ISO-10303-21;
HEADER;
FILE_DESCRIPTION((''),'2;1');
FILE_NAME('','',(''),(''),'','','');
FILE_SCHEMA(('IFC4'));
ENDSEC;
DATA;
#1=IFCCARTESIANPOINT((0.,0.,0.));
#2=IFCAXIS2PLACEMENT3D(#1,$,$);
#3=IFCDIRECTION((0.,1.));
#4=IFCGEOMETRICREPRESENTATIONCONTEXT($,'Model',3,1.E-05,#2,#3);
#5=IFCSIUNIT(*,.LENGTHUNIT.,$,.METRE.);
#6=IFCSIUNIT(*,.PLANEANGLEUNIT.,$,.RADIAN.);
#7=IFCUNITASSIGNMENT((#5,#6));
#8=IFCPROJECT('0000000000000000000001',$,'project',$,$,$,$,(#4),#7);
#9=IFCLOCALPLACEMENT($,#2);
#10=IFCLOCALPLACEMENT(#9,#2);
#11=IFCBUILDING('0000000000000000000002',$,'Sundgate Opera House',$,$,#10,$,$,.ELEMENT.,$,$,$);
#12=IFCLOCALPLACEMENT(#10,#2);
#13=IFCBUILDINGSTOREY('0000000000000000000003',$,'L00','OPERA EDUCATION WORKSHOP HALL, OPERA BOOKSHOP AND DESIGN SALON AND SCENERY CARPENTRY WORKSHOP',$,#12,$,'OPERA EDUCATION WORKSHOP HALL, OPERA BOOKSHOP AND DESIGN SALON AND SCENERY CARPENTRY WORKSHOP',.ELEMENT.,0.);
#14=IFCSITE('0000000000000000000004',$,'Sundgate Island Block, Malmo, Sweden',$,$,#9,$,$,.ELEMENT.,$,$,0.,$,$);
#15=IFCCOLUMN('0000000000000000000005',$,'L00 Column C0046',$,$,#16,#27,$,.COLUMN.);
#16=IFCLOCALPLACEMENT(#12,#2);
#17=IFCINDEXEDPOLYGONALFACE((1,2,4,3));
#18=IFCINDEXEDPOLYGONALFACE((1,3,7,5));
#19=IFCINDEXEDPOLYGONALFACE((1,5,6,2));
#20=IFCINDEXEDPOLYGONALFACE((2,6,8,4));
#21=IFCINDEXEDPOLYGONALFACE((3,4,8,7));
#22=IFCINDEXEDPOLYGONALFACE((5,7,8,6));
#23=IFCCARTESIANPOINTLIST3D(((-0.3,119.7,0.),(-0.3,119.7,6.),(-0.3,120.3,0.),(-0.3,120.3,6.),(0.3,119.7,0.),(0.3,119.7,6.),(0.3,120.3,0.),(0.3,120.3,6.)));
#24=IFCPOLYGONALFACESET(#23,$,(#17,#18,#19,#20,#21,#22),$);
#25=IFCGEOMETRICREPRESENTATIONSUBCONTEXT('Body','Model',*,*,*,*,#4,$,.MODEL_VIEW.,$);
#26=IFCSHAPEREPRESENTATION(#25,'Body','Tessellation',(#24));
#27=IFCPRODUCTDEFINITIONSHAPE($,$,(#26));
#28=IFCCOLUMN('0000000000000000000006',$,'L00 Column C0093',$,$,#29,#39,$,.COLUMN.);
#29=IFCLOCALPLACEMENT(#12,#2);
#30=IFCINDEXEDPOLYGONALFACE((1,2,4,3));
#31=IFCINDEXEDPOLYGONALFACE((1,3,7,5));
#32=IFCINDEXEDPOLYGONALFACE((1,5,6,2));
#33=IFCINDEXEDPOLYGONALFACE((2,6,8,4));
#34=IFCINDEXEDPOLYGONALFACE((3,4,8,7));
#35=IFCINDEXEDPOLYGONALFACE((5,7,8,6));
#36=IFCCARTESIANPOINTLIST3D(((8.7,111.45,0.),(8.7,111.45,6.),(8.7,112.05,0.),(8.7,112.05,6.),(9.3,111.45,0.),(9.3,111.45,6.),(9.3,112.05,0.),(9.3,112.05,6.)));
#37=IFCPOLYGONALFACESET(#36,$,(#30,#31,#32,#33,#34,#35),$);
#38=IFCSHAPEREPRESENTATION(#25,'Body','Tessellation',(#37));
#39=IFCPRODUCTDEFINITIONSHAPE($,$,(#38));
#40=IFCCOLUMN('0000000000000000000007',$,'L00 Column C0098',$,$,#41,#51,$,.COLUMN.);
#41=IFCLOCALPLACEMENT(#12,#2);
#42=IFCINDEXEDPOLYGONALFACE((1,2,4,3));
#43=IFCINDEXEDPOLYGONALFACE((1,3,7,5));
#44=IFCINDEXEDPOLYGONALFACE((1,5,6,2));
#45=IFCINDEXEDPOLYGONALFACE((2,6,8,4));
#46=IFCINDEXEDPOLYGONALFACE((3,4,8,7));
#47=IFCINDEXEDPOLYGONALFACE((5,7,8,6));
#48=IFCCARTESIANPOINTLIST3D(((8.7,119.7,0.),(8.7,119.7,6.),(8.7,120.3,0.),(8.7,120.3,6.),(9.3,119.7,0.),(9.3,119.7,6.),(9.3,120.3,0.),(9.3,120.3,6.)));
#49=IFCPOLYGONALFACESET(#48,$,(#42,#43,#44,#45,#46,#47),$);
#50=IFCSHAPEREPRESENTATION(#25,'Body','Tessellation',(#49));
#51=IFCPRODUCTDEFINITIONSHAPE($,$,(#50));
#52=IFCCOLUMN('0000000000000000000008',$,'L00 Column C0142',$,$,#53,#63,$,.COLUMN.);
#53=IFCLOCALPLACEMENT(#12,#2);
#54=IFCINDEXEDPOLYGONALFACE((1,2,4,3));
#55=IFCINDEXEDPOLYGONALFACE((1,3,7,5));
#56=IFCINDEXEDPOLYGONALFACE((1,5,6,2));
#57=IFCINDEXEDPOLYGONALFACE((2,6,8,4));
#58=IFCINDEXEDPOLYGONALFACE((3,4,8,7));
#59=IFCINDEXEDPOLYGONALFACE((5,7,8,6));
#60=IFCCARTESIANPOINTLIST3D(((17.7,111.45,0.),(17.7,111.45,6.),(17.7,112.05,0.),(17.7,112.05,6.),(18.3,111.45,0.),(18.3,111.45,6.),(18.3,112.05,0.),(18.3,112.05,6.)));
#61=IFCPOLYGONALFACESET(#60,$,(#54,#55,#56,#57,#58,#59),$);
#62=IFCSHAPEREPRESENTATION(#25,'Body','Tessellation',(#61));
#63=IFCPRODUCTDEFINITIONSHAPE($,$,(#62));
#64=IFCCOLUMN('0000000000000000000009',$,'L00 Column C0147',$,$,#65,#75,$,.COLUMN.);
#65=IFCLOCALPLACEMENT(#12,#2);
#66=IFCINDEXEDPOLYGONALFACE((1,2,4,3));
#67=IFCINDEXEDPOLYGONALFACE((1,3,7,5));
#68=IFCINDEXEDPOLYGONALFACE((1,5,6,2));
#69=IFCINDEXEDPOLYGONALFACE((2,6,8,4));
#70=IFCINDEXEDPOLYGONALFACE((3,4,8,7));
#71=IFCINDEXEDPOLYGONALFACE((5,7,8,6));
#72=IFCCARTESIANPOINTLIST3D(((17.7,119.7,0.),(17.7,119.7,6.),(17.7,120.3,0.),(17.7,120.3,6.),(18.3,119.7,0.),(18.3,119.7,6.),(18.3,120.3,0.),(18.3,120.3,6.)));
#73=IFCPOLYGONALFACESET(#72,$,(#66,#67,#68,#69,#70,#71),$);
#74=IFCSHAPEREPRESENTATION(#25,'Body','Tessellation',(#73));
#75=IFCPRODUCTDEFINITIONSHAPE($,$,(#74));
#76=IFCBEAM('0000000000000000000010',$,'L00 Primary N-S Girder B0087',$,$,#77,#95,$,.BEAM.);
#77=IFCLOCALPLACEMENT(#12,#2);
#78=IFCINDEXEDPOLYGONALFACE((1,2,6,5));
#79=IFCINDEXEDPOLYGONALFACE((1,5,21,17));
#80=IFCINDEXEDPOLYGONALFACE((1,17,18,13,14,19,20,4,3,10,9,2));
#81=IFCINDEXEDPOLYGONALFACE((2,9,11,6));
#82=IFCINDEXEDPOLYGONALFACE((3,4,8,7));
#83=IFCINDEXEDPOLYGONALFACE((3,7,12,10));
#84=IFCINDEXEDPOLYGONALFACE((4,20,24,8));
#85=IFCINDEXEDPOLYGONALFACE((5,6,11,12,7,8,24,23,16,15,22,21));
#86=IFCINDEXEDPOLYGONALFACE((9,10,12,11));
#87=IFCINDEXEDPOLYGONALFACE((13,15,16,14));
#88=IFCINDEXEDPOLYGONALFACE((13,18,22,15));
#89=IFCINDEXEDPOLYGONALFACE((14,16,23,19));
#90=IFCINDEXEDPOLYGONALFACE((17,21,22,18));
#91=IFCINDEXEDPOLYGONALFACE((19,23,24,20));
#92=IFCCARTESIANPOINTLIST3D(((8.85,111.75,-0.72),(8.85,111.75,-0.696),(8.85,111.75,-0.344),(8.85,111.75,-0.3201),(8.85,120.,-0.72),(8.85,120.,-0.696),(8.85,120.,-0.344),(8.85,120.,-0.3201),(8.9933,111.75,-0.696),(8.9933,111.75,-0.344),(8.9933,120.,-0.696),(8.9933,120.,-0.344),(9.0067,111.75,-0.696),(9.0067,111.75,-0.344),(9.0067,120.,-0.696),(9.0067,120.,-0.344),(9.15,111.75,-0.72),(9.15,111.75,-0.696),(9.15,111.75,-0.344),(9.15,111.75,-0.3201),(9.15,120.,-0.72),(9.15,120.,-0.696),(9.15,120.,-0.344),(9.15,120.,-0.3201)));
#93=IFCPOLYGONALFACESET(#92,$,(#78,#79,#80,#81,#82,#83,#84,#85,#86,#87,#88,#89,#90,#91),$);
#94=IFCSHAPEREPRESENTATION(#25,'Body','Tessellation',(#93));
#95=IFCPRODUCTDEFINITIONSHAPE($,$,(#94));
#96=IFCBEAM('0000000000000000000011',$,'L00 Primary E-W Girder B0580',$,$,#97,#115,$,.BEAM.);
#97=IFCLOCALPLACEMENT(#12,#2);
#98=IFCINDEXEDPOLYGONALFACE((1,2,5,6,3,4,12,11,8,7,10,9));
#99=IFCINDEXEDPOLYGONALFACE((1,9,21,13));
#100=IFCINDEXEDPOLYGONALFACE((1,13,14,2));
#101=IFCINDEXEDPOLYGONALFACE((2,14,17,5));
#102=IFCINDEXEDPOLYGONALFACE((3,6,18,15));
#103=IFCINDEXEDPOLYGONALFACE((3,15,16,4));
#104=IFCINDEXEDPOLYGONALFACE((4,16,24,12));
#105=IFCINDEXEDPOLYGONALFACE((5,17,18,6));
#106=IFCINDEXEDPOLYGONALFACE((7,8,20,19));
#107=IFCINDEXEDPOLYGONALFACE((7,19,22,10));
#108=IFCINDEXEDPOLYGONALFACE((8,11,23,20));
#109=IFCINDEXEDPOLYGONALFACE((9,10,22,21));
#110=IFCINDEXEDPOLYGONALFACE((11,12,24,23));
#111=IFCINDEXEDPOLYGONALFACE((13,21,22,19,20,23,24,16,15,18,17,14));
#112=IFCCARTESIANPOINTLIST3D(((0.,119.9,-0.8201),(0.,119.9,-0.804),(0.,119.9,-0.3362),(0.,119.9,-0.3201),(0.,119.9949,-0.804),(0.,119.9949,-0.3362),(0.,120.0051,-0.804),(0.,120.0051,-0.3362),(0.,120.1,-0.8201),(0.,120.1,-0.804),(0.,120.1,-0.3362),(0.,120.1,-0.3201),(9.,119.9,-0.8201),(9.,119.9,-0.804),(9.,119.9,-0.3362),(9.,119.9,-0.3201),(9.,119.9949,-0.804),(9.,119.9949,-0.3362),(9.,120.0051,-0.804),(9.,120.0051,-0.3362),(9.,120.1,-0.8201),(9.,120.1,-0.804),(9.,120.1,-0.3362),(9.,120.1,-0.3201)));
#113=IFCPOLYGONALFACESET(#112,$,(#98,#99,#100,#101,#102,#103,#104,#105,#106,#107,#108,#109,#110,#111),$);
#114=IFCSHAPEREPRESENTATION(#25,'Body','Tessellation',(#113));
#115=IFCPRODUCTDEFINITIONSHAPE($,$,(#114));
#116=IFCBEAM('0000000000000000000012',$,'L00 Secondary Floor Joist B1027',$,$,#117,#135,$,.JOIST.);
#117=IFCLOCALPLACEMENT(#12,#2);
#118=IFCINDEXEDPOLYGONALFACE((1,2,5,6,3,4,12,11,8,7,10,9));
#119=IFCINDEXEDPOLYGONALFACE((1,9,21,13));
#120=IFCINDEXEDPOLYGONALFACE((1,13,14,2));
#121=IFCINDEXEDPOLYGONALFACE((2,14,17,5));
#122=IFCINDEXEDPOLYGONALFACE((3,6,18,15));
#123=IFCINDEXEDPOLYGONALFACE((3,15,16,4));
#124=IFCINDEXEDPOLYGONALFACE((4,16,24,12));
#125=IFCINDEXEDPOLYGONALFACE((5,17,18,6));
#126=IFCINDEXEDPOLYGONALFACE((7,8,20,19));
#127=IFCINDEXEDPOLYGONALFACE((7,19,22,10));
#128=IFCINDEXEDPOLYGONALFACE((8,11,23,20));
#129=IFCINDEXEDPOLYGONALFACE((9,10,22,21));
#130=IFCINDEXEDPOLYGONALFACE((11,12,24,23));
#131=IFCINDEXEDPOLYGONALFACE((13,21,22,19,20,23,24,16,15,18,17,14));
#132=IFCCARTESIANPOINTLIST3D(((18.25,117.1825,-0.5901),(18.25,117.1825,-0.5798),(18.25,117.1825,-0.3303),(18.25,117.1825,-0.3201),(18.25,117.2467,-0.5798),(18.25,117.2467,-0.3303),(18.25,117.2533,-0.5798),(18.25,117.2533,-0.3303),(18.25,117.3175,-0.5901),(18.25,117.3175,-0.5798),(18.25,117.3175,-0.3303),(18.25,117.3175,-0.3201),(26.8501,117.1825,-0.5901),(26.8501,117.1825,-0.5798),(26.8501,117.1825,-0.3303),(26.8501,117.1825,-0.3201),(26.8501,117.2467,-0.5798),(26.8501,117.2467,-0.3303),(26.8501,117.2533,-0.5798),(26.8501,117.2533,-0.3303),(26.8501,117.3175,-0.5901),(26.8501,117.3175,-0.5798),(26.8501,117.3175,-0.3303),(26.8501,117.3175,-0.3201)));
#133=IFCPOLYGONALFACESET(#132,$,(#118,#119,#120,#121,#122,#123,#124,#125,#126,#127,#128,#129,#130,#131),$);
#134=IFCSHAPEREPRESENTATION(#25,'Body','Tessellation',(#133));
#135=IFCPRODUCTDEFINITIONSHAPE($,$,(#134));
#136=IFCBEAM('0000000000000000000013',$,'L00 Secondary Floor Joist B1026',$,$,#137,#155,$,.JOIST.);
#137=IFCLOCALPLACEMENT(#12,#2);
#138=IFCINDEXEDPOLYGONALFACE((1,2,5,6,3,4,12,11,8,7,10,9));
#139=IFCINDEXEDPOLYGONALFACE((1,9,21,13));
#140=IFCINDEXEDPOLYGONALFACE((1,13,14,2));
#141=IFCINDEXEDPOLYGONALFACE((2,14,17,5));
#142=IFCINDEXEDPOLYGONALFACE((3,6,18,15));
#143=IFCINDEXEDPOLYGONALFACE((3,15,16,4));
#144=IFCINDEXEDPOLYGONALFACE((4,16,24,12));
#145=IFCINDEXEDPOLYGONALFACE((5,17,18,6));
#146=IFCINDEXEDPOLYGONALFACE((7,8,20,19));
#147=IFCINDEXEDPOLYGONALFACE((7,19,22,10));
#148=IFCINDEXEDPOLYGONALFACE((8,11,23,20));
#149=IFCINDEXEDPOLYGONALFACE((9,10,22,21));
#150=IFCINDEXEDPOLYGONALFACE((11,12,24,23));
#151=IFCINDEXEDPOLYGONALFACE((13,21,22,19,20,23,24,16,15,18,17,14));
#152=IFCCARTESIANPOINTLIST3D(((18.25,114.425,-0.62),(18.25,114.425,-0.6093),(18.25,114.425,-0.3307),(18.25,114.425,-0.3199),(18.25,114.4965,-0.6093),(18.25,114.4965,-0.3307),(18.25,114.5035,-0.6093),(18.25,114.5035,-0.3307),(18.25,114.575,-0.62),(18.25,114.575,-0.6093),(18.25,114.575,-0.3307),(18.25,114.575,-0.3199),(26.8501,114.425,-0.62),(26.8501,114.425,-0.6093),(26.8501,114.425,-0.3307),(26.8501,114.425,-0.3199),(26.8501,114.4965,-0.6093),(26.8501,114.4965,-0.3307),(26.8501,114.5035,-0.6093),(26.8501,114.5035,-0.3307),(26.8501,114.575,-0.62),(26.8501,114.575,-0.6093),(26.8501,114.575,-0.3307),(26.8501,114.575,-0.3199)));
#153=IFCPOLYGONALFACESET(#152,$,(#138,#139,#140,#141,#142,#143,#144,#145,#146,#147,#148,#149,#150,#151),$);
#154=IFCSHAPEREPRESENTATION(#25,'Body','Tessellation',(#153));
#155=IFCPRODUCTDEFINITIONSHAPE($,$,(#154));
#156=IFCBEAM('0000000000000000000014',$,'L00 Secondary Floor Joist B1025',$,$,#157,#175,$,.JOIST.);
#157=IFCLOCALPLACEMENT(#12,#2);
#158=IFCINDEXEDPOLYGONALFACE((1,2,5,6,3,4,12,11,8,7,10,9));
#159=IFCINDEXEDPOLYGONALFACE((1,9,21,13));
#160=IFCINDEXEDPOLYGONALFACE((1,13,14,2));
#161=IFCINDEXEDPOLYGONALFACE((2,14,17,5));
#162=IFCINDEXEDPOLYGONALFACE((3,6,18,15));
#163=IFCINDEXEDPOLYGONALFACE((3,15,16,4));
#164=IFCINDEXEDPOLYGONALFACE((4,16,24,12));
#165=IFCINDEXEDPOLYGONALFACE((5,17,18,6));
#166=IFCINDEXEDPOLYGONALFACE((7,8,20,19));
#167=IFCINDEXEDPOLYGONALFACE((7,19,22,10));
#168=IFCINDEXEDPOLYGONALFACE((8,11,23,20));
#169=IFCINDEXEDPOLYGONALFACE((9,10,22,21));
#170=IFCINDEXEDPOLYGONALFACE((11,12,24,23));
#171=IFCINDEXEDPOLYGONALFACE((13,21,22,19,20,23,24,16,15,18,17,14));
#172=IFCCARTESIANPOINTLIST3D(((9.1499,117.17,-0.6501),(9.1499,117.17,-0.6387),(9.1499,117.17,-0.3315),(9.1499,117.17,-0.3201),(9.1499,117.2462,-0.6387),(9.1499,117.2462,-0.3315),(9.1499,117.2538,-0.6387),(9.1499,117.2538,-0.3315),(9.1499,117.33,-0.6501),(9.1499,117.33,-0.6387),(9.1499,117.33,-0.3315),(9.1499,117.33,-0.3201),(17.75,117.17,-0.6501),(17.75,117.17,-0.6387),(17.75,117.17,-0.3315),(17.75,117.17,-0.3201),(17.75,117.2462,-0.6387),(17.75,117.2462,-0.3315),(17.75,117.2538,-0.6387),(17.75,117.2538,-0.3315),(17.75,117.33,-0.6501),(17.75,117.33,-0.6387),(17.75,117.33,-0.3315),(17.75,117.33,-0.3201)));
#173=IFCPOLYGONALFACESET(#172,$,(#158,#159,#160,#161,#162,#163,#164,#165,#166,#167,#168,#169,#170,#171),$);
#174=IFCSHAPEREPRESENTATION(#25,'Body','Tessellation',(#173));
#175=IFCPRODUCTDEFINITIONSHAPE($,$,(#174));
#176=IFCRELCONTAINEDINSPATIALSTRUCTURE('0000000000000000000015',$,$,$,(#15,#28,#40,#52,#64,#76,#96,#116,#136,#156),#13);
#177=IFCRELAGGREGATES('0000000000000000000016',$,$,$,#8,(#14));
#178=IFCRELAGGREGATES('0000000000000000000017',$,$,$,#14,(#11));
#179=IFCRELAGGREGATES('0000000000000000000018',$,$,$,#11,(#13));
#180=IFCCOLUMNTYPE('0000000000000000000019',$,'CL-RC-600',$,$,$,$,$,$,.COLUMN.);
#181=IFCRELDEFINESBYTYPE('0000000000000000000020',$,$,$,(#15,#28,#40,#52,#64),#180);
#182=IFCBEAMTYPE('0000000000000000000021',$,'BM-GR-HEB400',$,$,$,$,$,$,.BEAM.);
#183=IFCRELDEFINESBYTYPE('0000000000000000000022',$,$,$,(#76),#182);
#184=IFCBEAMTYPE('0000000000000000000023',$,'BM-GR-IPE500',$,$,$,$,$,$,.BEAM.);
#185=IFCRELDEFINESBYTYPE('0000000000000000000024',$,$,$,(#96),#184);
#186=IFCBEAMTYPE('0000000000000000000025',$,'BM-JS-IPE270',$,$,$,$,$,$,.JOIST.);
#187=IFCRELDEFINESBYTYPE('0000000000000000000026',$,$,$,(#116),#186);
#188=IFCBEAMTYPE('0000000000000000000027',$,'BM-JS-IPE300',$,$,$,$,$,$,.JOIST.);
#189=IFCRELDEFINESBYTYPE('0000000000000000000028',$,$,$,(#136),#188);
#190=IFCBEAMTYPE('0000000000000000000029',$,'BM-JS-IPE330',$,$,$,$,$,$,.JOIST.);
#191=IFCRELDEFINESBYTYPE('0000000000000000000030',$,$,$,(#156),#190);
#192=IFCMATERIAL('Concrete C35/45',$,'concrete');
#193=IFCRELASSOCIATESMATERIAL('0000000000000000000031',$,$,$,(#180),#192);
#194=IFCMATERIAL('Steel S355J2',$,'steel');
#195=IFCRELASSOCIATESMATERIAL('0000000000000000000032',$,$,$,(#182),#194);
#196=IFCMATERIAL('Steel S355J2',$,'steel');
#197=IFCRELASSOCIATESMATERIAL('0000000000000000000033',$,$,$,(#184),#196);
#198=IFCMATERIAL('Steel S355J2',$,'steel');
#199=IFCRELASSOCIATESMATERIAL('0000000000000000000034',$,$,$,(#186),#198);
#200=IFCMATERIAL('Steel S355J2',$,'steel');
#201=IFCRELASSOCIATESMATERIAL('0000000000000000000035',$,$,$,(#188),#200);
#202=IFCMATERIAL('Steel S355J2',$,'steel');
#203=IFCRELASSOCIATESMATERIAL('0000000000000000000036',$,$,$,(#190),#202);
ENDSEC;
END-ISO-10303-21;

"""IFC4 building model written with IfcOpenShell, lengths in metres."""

from ifc_helpers import new_model, si_unit, direction, frame, origin, origin_2d, place, context, subcontext, project, spatial, rectangle, i_section, extrude, material, material_profile, profile_set, type_object, element, save


model = new_model("IFC4")

# Units and contexts
model_context = context("Model", 3, precision=1e-05, world=origin(), true_north=direction((0.0, 1.0)))
body_context = subcontext(model_context, "Body", "Model", "MODEL_VIEW")
ifc_project = project(units=[si_unit("LENGTHUNIT", "METRE"), si_unit("PLANEANGLEUNIT", "RADIAN")], contexts=[model_context])

# Site, building, storey
site_placement = place(None, origin())
site = spatial("IfcSite", under=ifc_project, at=site_placement, Name="Sundgate Island Block, Malmo, Sweden", CompositionType="ELEMENT", RefElevation=0.0)
building_placement = place(site_placement, origin())
building = spatial("IfcBuilding", under=site, at=building_placement, Name="Sundgate Opera House", CompositionType="ELEMENT")
storey_placement = place(building_placement, origin())
storey = spatial("IfcBuildingStorey", under=building, at=storey_placement, Name="L00", Description="OPERA EDUCATION WORKSHOP HALL, OPERA BOOKSHOP AND DESIGN SALON AND SCENERY CARPENTRY WORKSHOP", LongName="OPERA EDUCATION WORKSHOP HALL, OPERA BOOKSHOP AND DESIGN SALON AND SCENERY CARPENTRY WORKSHOP", CompositionType="ELEMENT", Elevation=0.0)

# Columns
ifc_material_1 = material(Name="Concrete C35/45", Category="concrete")
ifc_material_profile_1 = material_profile(ifc_material_1, rectangle(XDim=0.6001, YDim=0.6001, at=origin_2d()), Name="RC 600x600")
ifc_profile_set_1 = profile_set([ifc_material_profile_1], Name="Concrete C35/45")
column_type = type_object("IfcColumnType", Name="CL-RC-600", PredefinedType="COLUMN", material=ifc_profile_set_1)
for number, where, z_axis, x_axis, name in (
    (1, (0.0, 120.0, 0.0), (0.0, 0.0, 1.0), (1.0, 0.0, 0.0), "L00 Column C0046"),
    (2, (9.0, 111.75, 0.0), (0.0, 0.0, 1.0), (1.0, 0.0, 0.0), "L00 Column C0093"),
    (3, (9.0, 120.0, 0.0), (0.0, 0.0, 1.0), (1.0, 0.0, 0.0), "L00 Column C0098"),
    (4, (18.0, 111.75, 0.0), (0.0, 0.0, 1.0), (1.0, 0.0, 0.0), "L00 Column C0142"),
    (5, (18.0, 120.0, 0.0), (0.0, 0.0, 1.0), (1.0, 0.0, 0.0), "L00 Column C0147"),
):
    element("IfcColumn", number, at=place(storey_placement, frame(where, z_axis=z_axis, x_axis=x_axis)), inside=storey, type_object=column_type, Name=name, PredefinedType="COLUMN", context=body_context, shape_type="SweptSolid", body=[
        extrude(rectangle(XDim=0.6001, YDim=0.6001, at=origin_2d()), origin(), (0.0, 0.0, 1.0), 6.0),
    ])

# Beams
ifc_material_2 = material(Name="Steel S355J2", Category="steel")
ifc_material_profile_2 = material_profile(ifc_material_2, i_section(OverallWidth=0.3, OverallDepth=0.3999, WebThickness=0.0134, FlangeThickness=0.0239, at=origin_2d()), Name="HEB 400")
ifc_profile_set_2 = profile_set([ifc_material_profile_2], Name="Steel S355J2")
beam_type_1 = type_object("IfcBeamType", Name="BM-GR-HEB400", PredefinedType="BEAM", material=ifc_profile_set_2)
beam_1_placement = place(storey_placement, frame((9.0, 111.75, -0.52), z_axis=(0.0, 1.0, 0.0), x_axis=(-1.0, 0.0, 0.0)))
element("IfcBeam", 6, at=beam_1_placement, inside=storey, type_object=beam_type_1, Name="L00 Primary N-S Girder B0087", PredefinedType="BEAM", context=body_context, shape_type="SweptSolid", body=[
    extrude(i_section(OverallWidth=0.3, OverallDepth=0.3999, WebThickness=0.0134, FlangeThickness=0.0239, at=origin_2d()), origin(), (0.0, 0.0, 1.0), 8.25),
])
ifc_material_3 = material(Name="Steel S355J2", Category="steel")
ifc_material_profile_3 = material_profile(ifc_material_3, i_section(OverallWidth=0.2, OverallDepth=0.5, WebThickness=0.0103, FlangeThickness=0.0161, at=origin_2d()), Name="IPE 500")
ifc_profile_set_3 = profile_set([ifc_material_profile_3], Name="Steel S355J2")
beam_type_2 = type_object("IfcBeamType", Name="BM-GR-IPE500", PredefinedType="BEAM", material=ifc_profile_set_3)
beam_2_placement = place(storey_placement, frame((0.0, 120.0, -0.5701), z_axis=(1.0, 0.0, 0.0), x_axis=(0.0, 1.0, 0.0)))
element("IfcBeam", 7, at=beam_2_placement, inside=storey, type_object=beam_type_2, Name="L00 Primary E-W Girder B0580", PredefinedType="BEAM", context=body_context, shape_type="SweptSolid", body=[
    extrude(i_section(OverallWidth=0.2, OverallDepth=0.5, WebThickness=0.0103, FlangeThickness=0.0161, at=origin_2d()), origin(), (0.0, 0.0, 1.0), 9.0),
])
ifc_material_4 = material(Name="Steel S355J2", Category="steel")
ifc_material_profile_4 = material_profile(ifc_material_4, i_section(OverallWidth=0.135, OverallDepth=0.27, WebThickness=0.0066, FlangeThickness=0.0103, at=origin_2d()), Name="IPE 270")
ifc_profile_set_4 = profile_set([ifc_material_profile_4], Name="Steel S355J2")
beam_type_3 = type_object("IfcBeamType", Name="BM-JS-IPE270", PredefinedType="JOIST", material=ifc_profile_set_4)
beam_3_placement = place(storey_placement, frame((18.25, 117.25, -0.4551), z_axis=(1.0, 0.0, 0.0), x_axis=(0.0, 1.0, 0.0)))
element("IfcBeam", 8, at=beam_3_placement, inside=storey, type_object=beam_type_3, Name="L00 Secondary Floor Joist B1027", PredefinedType="JOIST", context=body_context, shape_type="SweptSolid", body=[
    extrude(i_section(OverallWidth=0.135, OverallDepth=0.27, WebThickness=0.0066, FlangeThickness=0.0103, at=origin_2d()), origin(), (0.0, 0.0, 1.0), 8.6001),
])
ifc_material_5 = material(Name="Steel S355J2", Category="steel")
ifc_material_profile_5 = material_profile(ifc_material_5, i_section(OverallWidth=0.1499, OverallDepth=0.3, WebThickness=0.0071, FlangeThickness=0.0107, at=origin_2d()), Name="IPE 300")
ifc_profile_set_5 = profile_set([ifc_material_profile_5], Name="Steel S355J2")
beam_type_4 = type_object("IfcBeamType", Name="BM-JS-IPE300", PredefinedType="JOIST", material=ifc_profile_set_5)
beam_4_placement = place(storey_placement, frame((18.25, 114.5, -0.47), z_axis=(1.0, 0.0, 0.0), x_axis=(0.0, 1.0, 0.0)))
element("IfcBeam", 9, at=beam_4_placement, inside=storey, type_object=beam_type_4, Name="L00 Secondary Floor Joist B1026", PredefinedType="JOIST", context=body_context, shape_type="SweptSolid", body=[
    extrude(i_section(OverallWidth=0.1499, OverallDepth=0.3, WebThickness=0.0071, FlangeThickness=0.0107, at=origin_2d()), origin(), (0.0, 0.0, 1.0), 8.6001),
])
ifc_material_6 = material(Name="Steel S355J2", Category="steel")
ifc_material_profile_6 = material_profile(ifc_material_6, i_section(OverallWidth=0.1599, OverallDepth=0.3301, WebThickness=0.0076, FlangeThickness=0.0115, at=origin_2d()), Name="IPE 330")
ifc_profile_set_6 = profile_set([ifc_material_profile_6], Name="Steel S355J2")
beam_type_5 = type_object("IfcBeamType", Name="BM-JS-IPE330", PredefinedType="JOIST", material=ifc_profile_set_6)
beam_5_placement = place(storey_placement, frame((9.1499, 117.25, -0.4851), z_axis=(1.0, 0.0, 0.0), x_axis=(0.0, 1.0, 0.0)))
element("IfcBeam", 10, at=beam_5_placement, inside=storey, type_object=beam_type_5, Name="L00 Secondary Floor Joist B1025", PredefinedType="JOIST", context=body_context, shape_type="SweptSolid", body=[
    extrude(i_section(OverallWidth=0.1599, OverallDepth=0.3301, WebThickness=0.0076, FlangeThickness=0.0115, at=origin_2d()), origin(), (0.0, 0.0, 1.0), 8.6001),
])

save(model, "model.ifc")
